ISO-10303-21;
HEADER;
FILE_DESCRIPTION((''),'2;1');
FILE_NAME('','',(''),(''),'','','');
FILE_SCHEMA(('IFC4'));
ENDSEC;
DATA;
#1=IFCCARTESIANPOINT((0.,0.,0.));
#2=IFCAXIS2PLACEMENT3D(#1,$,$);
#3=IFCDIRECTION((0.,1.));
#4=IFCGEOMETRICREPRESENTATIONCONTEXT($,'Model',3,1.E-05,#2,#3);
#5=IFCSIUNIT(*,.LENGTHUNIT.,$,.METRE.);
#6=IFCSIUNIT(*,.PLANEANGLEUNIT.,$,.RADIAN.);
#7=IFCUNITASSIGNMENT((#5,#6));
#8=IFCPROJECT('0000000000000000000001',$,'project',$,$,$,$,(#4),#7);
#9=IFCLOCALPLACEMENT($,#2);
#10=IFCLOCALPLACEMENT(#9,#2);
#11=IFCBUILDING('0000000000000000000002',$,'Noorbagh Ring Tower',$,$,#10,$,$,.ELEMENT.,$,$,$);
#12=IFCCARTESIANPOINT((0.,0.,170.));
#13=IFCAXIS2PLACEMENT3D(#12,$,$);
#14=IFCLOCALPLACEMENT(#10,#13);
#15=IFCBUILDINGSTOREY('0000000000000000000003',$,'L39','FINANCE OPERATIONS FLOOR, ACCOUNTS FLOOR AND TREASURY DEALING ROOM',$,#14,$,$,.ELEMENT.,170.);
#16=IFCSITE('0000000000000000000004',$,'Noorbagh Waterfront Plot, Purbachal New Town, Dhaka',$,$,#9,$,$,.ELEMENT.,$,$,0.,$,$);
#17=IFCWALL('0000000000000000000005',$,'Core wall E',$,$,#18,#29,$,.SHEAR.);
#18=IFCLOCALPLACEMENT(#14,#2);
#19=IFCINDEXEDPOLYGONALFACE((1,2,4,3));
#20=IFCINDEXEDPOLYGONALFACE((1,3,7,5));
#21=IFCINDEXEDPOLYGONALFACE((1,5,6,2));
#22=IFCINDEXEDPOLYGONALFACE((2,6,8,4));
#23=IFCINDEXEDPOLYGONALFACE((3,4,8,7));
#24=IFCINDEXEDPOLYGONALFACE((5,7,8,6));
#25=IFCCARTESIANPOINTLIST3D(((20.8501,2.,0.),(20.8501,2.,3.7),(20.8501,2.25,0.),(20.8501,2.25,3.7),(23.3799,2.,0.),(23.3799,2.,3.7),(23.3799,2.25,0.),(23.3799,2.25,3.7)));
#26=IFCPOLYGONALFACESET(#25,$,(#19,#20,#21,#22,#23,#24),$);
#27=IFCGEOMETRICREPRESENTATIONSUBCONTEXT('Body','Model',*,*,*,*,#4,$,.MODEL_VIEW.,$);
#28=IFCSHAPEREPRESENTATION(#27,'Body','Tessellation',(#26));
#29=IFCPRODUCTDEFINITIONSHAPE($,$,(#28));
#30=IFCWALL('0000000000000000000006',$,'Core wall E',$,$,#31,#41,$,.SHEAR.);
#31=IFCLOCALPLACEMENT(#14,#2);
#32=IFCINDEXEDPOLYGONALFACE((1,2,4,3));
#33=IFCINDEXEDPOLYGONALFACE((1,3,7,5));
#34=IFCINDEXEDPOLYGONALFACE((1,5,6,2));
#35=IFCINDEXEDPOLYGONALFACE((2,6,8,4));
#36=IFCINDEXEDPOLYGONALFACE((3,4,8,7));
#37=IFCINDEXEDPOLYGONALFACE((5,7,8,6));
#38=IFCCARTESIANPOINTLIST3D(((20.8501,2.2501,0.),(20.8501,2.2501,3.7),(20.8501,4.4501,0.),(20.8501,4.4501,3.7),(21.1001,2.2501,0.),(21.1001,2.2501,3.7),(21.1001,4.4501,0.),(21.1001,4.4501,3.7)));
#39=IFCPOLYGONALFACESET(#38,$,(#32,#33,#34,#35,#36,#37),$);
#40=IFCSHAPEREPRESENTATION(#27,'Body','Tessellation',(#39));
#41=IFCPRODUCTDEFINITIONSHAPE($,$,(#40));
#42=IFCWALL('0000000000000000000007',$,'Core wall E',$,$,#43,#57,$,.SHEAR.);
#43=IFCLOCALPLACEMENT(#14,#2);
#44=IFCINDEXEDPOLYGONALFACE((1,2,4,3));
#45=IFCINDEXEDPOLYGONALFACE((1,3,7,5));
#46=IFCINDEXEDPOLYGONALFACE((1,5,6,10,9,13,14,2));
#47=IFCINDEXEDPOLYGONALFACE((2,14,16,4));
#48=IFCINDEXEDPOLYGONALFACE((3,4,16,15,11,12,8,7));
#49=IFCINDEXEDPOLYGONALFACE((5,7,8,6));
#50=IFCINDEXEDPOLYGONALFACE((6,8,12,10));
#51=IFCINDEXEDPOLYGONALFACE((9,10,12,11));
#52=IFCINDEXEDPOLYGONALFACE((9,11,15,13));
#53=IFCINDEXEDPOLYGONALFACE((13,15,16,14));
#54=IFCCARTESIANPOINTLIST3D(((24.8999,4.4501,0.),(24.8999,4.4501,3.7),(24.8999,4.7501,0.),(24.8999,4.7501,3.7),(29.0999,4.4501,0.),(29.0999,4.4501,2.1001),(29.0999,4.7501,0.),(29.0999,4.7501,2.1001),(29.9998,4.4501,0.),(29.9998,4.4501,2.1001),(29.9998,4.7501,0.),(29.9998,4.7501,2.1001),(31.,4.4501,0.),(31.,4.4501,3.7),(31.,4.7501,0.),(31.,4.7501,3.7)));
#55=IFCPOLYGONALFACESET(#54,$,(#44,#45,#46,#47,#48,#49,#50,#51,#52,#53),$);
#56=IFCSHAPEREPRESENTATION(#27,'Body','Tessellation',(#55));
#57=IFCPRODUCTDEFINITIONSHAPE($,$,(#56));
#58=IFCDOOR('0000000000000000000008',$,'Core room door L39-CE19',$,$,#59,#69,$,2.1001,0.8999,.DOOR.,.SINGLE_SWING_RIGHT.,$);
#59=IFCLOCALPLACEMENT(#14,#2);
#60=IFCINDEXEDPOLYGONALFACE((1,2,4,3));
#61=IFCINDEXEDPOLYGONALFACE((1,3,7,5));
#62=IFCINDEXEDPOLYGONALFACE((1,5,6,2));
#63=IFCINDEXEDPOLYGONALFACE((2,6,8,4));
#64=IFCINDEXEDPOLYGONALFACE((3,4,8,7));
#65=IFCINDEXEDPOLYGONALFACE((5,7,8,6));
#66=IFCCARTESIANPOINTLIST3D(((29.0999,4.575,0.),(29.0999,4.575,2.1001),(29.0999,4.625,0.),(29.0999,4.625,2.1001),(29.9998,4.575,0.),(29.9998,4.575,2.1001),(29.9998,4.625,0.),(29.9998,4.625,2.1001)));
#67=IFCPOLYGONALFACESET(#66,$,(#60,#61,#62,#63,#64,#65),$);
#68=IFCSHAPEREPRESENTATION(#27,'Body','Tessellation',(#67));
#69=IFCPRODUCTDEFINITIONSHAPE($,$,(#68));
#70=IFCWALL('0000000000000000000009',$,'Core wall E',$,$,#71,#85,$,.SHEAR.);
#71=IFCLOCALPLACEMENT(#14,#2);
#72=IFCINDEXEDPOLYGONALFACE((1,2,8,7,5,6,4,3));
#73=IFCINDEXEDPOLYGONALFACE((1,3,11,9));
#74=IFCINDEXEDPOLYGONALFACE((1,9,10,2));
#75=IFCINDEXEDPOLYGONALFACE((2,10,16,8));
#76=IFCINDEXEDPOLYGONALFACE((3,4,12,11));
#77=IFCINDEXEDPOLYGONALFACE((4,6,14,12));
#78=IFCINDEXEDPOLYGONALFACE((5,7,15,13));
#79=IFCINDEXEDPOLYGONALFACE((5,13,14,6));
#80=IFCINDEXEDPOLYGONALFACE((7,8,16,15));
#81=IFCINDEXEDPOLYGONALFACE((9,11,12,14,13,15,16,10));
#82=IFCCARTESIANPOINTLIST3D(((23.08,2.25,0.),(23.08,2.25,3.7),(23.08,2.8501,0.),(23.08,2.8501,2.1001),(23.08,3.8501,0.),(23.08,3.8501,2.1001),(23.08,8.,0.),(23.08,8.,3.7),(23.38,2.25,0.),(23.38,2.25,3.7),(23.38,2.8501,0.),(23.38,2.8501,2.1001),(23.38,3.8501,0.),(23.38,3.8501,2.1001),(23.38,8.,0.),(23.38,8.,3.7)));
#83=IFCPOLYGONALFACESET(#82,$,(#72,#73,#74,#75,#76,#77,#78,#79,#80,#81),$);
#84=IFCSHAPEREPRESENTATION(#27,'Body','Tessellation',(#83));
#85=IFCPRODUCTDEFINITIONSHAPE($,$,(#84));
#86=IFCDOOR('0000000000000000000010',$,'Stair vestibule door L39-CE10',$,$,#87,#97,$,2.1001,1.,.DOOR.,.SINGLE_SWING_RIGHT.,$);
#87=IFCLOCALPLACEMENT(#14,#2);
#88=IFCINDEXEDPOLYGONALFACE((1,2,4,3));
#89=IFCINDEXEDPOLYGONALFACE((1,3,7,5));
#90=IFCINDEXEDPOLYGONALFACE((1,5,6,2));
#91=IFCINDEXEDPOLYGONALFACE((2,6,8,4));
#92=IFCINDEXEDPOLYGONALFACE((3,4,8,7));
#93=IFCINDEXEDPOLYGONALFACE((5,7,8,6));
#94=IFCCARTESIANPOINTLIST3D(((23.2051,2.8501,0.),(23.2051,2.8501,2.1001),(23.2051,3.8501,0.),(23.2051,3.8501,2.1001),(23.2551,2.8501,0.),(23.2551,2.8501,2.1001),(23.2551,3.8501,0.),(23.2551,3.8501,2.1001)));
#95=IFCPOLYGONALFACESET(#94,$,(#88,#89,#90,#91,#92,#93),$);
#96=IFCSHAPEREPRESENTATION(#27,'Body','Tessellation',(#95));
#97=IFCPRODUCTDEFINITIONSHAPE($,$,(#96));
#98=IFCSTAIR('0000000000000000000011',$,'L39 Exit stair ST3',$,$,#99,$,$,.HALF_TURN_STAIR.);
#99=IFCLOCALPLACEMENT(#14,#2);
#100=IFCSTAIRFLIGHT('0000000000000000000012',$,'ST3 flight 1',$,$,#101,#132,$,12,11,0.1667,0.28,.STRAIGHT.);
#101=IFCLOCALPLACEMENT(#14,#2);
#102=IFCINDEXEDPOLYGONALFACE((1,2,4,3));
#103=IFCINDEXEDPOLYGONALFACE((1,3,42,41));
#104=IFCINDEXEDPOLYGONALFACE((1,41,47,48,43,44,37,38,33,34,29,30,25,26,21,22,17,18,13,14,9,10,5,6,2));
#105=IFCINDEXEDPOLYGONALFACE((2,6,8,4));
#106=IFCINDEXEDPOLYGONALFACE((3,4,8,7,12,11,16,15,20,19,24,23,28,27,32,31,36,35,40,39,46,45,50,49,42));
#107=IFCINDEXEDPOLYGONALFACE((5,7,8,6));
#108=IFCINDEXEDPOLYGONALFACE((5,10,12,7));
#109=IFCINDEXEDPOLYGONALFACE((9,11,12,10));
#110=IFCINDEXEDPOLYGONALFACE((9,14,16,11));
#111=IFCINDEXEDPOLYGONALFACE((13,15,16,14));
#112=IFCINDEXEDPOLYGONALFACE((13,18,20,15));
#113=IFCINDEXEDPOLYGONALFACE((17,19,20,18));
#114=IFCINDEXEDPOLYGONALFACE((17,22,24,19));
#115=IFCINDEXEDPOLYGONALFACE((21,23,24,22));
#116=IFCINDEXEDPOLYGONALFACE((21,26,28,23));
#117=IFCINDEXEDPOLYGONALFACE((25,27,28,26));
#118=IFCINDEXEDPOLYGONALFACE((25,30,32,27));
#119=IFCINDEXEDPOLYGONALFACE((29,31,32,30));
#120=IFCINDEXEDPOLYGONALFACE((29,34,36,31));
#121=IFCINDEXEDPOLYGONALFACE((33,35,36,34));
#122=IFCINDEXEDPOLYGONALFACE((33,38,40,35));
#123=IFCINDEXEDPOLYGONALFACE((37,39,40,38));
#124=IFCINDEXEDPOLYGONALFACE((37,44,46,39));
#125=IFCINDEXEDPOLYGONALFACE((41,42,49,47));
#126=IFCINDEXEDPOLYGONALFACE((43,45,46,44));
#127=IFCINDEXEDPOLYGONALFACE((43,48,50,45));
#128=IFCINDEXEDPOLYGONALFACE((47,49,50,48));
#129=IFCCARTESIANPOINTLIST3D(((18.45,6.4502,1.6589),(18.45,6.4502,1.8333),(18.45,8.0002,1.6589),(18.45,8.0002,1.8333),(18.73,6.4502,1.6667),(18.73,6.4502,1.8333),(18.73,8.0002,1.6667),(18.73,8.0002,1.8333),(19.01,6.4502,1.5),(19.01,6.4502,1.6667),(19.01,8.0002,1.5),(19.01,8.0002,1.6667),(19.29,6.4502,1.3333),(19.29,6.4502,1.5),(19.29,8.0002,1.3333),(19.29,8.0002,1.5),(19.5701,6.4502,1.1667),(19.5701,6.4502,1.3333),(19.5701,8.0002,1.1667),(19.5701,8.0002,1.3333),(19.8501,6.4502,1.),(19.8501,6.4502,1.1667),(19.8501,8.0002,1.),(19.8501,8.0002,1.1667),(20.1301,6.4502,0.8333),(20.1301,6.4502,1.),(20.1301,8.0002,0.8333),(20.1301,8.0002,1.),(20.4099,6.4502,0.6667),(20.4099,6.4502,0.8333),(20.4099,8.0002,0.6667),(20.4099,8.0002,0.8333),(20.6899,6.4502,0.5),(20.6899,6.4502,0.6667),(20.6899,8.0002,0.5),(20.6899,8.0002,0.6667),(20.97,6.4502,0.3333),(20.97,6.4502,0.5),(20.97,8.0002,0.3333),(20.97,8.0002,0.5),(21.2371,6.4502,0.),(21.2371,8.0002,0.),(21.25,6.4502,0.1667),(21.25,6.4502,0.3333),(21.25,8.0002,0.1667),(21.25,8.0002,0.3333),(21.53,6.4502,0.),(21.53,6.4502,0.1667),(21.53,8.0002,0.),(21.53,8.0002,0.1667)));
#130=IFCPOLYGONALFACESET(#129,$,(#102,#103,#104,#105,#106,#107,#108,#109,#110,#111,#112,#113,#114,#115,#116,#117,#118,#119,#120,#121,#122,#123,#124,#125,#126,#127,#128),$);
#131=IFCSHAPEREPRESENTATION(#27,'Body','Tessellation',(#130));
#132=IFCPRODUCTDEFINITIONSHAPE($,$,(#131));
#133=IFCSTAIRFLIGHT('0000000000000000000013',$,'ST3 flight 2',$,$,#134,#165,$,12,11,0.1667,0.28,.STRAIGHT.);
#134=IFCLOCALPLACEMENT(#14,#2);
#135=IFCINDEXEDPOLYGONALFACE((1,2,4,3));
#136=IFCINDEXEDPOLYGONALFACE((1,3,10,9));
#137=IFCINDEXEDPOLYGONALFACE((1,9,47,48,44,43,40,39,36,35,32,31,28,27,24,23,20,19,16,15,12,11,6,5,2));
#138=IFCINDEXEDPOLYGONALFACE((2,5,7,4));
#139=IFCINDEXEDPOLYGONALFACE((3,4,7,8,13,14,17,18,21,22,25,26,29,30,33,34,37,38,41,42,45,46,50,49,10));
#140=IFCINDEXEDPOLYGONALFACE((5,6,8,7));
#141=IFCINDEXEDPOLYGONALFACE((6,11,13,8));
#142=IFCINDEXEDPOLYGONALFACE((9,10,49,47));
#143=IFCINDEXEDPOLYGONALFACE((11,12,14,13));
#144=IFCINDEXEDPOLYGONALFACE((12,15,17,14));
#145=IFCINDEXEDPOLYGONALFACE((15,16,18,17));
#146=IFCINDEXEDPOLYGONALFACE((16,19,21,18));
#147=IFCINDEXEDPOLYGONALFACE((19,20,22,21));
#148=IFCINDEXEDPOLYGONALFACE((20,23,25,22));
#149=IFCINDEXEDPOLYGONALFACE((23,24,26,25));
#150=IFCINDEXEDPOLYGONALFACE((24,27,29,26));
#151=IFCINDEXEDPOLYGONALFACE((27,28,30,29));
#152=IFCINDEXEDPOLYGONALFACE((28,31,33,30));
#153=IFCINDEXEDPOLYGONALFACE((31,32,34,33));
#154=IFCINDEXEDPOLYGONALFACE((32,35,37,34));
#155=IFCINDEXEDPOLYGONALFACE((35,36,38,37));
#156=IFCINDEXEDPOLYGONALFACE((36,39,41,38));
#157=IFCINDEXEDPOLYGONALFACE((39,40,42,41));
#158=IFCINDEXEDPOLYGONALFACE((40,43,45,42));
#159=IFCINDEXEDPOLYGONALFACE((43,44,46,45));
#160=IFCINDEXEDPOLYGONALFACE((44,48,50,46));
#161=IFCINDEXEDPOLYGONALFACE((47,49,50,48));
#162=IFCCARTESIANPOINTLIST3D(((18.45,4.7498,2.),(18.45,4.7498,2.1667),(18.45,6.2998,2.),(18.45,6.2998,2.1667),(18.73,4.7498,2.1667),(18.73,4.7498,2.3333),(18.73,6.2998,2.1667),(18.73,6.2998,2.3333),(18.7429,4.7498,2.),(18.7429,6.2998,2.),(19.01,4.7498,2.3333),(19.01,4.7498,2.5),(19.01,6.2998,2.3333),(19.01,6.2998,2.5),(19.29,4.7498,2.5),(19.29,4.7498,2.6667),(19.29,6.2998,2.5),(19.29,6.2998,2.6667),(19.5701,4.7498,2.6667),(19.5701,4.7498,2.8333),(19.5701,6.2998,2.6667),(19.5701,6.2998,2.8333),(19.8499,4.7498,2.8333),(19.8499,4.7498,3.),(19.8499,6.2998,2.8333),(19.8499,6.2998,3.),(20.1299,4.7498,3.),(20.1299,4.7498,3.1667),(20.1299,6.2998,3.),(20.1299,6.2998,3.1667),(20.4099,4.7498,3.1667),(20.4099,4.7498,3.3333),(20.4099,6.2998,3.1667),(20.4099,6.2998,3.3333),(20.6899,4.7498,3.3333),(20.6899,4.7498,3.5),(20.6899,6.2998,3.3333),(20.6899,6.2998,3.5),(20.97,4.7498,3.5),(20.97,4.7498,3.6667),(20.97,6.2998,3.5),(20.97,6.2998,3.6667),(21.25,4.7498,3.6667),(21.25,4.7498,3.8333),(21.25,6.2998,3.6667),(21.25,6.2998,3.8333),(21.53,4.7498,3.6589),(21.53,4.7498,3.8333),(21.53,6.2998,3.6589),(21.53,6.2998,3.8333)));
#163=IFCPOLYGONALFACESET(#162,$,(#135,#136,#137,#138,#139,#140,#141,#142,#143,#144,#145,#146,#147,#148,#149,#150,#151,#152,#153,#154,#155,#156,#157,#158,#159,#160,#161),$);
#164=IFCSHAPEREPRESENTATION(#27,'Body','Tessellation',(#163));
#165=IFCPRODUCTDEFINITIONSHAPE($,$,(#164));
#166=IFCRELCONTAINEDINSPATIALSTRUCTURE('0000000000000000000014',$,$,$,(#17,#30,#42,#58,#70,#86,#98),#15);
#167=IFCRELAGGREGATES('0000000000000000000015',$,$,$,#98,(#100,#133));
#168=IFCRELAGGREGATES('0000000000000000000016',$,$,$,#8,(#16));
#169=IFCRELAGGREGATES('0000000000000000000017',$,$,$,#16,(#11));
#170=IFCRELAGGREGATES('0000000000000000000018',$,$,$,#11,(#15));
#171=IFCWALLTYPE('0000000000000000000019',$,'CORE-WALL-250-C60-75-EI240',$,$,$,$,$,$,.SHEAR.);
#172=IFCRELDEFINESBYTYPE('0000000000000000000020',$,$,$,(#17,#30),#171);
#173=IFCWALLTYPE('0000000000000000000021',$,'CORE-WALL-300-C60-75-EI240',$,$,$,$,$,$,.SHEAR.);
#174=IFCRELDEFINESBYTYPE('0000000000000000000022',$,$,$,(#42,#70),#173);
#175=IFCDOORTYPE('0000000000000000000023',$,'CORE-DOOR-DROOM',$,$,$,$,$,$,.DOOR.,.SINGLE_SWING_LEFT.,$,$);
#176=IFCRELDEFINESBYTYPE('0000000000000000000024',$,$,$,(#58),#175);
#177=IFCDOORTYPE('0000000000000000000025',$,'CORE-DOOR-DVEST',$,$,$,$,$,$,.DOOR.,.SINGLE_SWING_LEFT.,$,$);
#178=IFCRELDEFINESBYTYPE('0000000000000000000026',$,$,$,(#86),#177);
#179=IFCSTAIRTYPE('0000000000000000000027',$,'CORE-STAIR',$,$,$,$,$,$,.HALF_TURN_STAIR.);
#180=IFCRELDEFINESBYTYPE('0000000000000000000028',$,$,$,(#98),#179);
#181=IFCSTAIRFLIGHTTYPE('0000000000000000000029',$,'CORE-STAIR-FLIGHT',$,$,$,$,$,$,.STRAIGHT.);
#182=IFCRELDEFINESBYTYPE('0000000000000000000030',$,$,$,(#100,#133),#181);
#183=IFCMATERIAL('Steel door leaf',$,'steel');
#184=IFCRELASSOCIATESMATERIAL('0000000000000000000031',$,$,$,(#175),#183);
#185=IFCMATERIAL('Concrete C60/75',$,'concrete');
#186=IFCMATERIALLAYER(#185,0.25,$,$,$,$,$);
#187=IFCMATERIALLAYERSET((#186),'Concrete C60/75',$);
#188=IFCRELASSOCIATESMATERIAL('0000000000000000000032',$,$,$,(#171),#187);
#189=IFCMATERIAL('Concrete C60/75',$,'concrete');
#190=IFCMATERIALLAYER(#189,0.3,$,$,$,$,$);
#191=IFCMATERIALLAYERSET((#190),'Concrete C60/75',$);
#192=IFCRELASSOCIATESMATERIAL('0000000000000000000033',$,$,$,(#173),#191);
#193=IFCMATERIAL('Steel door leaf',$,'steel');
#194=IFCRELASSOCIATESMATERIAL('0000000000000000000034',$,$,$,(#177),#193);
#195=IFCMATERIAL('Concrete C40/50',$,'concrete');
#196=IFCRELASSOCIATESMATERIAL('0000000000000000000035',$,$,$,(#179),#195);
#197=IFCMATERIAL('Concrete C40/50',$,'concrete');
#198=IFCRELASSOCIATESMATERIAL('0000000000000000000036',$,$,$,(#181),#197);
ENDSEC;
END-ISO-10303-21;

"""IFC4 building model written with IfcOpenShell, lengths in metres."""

from ifc_helpers import new_model, si_unit, direction, frame, frame_2d, origin, place, context, subcontext, project, spatial, polyline, rectangle, outline, extrude, material, layer, layer_set, type_object, element, fill, aggregate, save


model = new_model("IFC4")

# Units and contexts
model_context = context("Model", 3, precision=1e-05, world=origin(), true_north=direction((0.0, 1.0)))
body_context = subcontext(model_context, "Body", "Model", "MODEL_VIEW")
ifc_project = project(units=[si_unit("LENGTHUNIT", "METRE"), si_unit("PLANEANGLEUNIT", "RADIAN")], contexts=[model_context])

# Site, building, storey
site_placement = place(None, origin())
site = spatial("IfcSite", under=ifc_project, at=site_placement, Name="Noorbagh Waterfront Plot, Purbachal New Town, Dhaka", CompositionType="ELEMENT", RefElevation=0.0)
building_placement = place(site_placement, origin())
building = spatial("IfcBuilding", under=site, at=building_placement, Name="Noorbagh Ring Tower", CompositionType="ELEMENT")
storey_placement = place(building_placement, frame((0.0, 0.0, 170.0)))
storey = spatial("IfcBuildingStorey", under=building, at=storey_placement, Name="L39", Description="FINANCE OPERATIONS FLOOR, ACCOUNTS FLOOR AND TREASURY DEALING ROOM", CompositionType="ELEMENT", Elevation=170.0)

# Shared definitions
ifc_material_1 = material(Name="Steel door leaf", Category="steel")
door_type_1 = type_object("IfcDoorType", Name="CORE-DOOR-DROOM", OperationType="SINGLE_SWING_LEFT", PredefinedType="DOOR", material=ifc_material_1)

# Walls
ifc_material_2 = material(Name="Concrete C60/75", Category="concrete")
ifc_layer_1 = layer(ifc_material_2, 0.25)
ifc_layer_set_1 = layer_set([ifc_layer_1], Name="Concrete C60/75")
wall_type_1 = type_object("IfcWallType", Name="CORE-WALL-250-C60-75-EI240", PredefinedType="SHEAR", material=ifc_layer_set_1)
wall_1_placement = place(storey_placement, frame((20.8501, 2.125, 0.0), z_axis=(0.0, 0.0, 1.0), x_axis=(1.0, 0.0, 0.0)))
element("IfcWall", 1, at=wall_1_placement, inside=storey, type_object=wall_type_1, Name="Core wall E", PredefinedType="SHEAR", context=body_context, shape_type="SweptSolid", body=[
    extrude(rectangle(XDim=2.5298, YDim=0.25, at=frame_2d((1.2649, 0.0))), origin(), (0.0, 0.0, 1.0), 3.7),
])
wall_2_placement = place(storey_placement, frame((20.9751, 2.25, 0.0), z_axis=(0.0, 0.0, 1.0), x_axis=(0.0, 1.0, 0.0)))
element("IfcWall", 2, at=wall_2_placement, inside=storey, type_object=wall_type_1, Name="Core wall E", PredefinedType="SHEAR", context=body_context, shape_type="SweptSolid", body=[
    extrude(rectangle(XDim=2.2, YDim=0.25, at=frame_2d((1.1001, 0.0))), origin(), (0.0, 0.0, 1.0), 3.7),
])

# Walls, openings, doors
ifc_material_3 = material(Name="Concrete C60/75", Category="concrete")
ifc_layer_2 = layer(ifc_material_3, 0.3)
ifc_layer_set_2 = layer_set([ifc_layer_2], Name="Concrete C60/75")
wall_type_2 = type_object("IfcWallType", Name="CORE-WALL-300-C60-75-EI240", PredefinedType="SHEAR", material=ifc_layer_set_2)
wall_3_placement = place(storey_placement, frame((24.8999, 4.6001, 0.0), z_axis=(0.0, 0.0, 1.0), x_axis=(1.0, 0.0, 0.0)))
wall_3 = element("IfcWall", 3, at=wall_3_placement, inside=storey, type_object=wall_type_2, Name="Core wall E", PredefinedType="SHEAR", context=body_context, shape_type="SweptSolid", body=[
    extrude(rectangle(XDim=6.1001, YDim=0.3, at=frame_2d((3.05, 0.0))), origin(), (0.0, 0.0, 1.0), 3.7),
])
opening_1_placement = place(wall_3_placement, frame((4.2, 0.0, 0.0)))
opening_1 = element("IfcOpeningElement", 4, at=opening_1_placement, cuts=wall_3, PredefinedType="OPENING", context=body_context, shape_type="SweptSolid", body=[
    extrude(rectangle(XDim=0.8999, YDim=2.1001, at=frame_2d((0.45, 1.05))), frame((0.0, 0.1602, 0.0), z_axis=(0.0, -1.0, 0.0), x_axis=(1.0, 0.0, 0.0)), (0.0, 0.0, 1.0), 0.3201),
])
door_1_placement = place(opening_1_placement, origin())
door_1 = element("IfcDoor", 5, at=door_1_placement, inside=storey, type_object=door_type_1, Name="Core room door L39-CE19", OperationType="SINGLE_SWING_RIGHT", OverallHeight=2.1001, OverallWidth=0.8999, PredefinedType="DOOR", context=body_context, shape_type="SweptSolid", body=[
    extrude(rectangle(XDim=0.8999, YDim=2.1001, at=frame_2d((0.45, 1.05))), frame((0.0, 0.0249, 0.0), z_axis=(0.0, -1.0, 0.0), x_axis=(1.0, 0.0, 0.0)), (0.0, 0.0, 1.0), 0.05),
])
fill(opening_1, door_1)
wall_4_placement = place(storey_placement, frame((23.23, 2.25, 0.0), z_axis=(0.0, 0.0, 1.0), x_axis=(0.0, 1.0, 0.0)))
wall_4 = element("IfcWall", 6, at=wall_4_placement, inside=storey, type_object=wall_type_2, Name="Core wall E", PredefinedType="SHEAR", context=body_context, shape_type="SweptSolid", body=[
    extrude(rectangle(XDim=5.75, YDim=0.3, at=frame_2d((2.875, 0.0))), origin(), (0.0, 0.0, 1.0), 3.7),
])
opening_2_placement = place(wall_4_placement, frame((0.6001, 0.0, 0.0)))
opening_2 = element("IfcOpeningElement", 7, at=opening_2_placement, cuts=wall_4, PredefinedType="OPENING", context=body_context, shape_type="SweptSolid", body=[
    extrude(rectangle(XDim=1.0, YDim=2.1001, at=frame_2d((0.5, 1.05))), frame((0.0, 0.1602, 0.0), z_axis=(0.0, -1.0, 0.0), x_axis=(1.0, 0.0, 0.0)), (0.0, 0.0, 1.0), 0.3201),
])
ifc_material_4 = material(Name="Steel door leaf", Category="steel")
door_type_2 = type_object("IfcDoorType", Name="CORE-DOOR-DVEST", OperationType="SINGLE_SWING_LEFT", PredefinedType="DOOR", material=ifc_material_4)
door_2_placement = place(opening_2_placement, origin())
door_2 = element("IfcDoor", 8, at=door_2_placement, inside=storey, type_object=door_type_2, Name="Stair vestibule door L39-CE10", OperationType="SINGLE_SWING_RIGHT", OverallHeight=2.1001, OverallWidth=1.0, PredefinedType="DOOR", context=body_context, shape_type="SweptSolid", body=[
    extrude(rectangle(XDim=1.0, YDim=2.1001, at=frame_2d((0.5, 1.05))), frame((0.0, 0.0249, 0.0), z_axis=(0.0, -1.0, 0.0), x_axis=(1.0, 0.0, 0.0)), (0.0, 0.0, 1.0), 0.05),
])
fill(opening_2, door_2)

# Stair, stair flights
ifc_material_5 = material(Name="Concrete C40/50", Category="concrete")
stair_type = type_object("IfcStairType", Name="CORE-STAIR", PredefinedType="HALF_TURN_STAIR", material=ifc_material_5)
stair_placement = place(storey_placement, origin())
stair = element("IfcStair", 9, at=stair_placement, inside=storey, type_object=stair_type, Name="L39 Exit stair ST3", PredefinedType="HALF_TURN_STAIR")
ifc_material_6 = material(Name="Concrete C40/50", Category="concrete")
stair_flight_type = type_object("IfcStairFlightType", Name="CORE-STAIR-FLIGHT", PredefinedType="STRAIGHT", material=ifc_material_6)
stair_flight_1_placement = place(storey_placement, frame((21.53, 7.2251, 0.0), z_axis=(0.0, 0.0, 1.0), x_axis=(-1.0, 0.0, 0.0)))
stair_flight_1 = element("IfcStairFlight", 10, at=stair_flight_1_placement, type_object=stair_flight_type, Name="ST3 flight 1", NumberOfRisers=12, NumberOfTreads=11, PredefinedType="STRAIGHT", RiserHeight=0.1667, TreadLength=0.28, context=body_context, shape_type="SweptSolid", body=[
    extrude(outline(polyline([(0.0, 0.0), (0.0, 0.1667), (0.28, 0.1667), (0.28, 0.3333), (0.5601, 0.3333), (0.5601, 0.5), (0.8401, 0.5), (0.8401, 0.6667), (1.1201, 0.6667), (1.1201, 0.8333), (1.3999, 0.8333), (1.3999, 1.0), (1.6799, 1.0), (1.6799, 1.1667), (1.96, 1.1667), (1.96, 1.3333), (2.24, 1.3333), (2.24, 1.5), (2.52, 1.5), (2.52, 1.6667), (2.8, 1.6667), (2.8, 1.8333), (3.0801, 1.8333), (3.0801, 2.0), (3.0801, 1.6589), (0.293, 0.0), (0.0, 0.0)])), frame((0.0, 0.7749, 0.0), z_axis=(0.0, -1.0, 0.0), x_axis=(1.0, 0.0, 0.0)), (0.0, 0.0, 1.0), 1.55),
])
stair_flight_2_placement = place(storey_placement, frame((18.45, 5.5249, 2.0), z_axis=(0.0, 0.0, 1.0), x_axis=(1.0, 0.0, 0.0)))
stair_flight_2 = element("IfcStairFlight", 11, at=stair_flight_2_placement, type_object=stair_flight_type, Name="ST3 flight 2", NumberOfRisers=12, NumberOfTreads=11, PredefinedType="STRAIGHT", RiserHeight=0.1667, TreadLength=0.28, context=body_context, shape_type="SweptSolid", body=[
    extrude(outline(polyline([(0.0, 0.0), (0.0, 0.1667), (0.28, 0.1667), (0.28, 0.3333), (0.5601, 0.3333), (0.5601, 0.5), (0.8401, 0.5), (0.8401, 0.6667), (1.1201, 0.6667), (1.1201, 0.8333), (1.3999, 0.8333), (1.3999, 1.0), (1.6799, 1.0), (1.6799, 1.1667), (1.96, 1.1667), (1.96, 1.3333), (2.24, 1.3333), (2.24, 1.5), (2.52, 1.5), (2.52, 1.6667), (2.8, 1.6667), (2.8, 1.8333), (3.0801, 1.8333), (3.0801, 2.0), (3.0801, 1.6589), (0.293, 0.0), (0.0, 0.0)])), frame((0.0, 0.7749, 0.0), z_axis=(0.0, -1.0, 0.0), x_axis=(1.0, 0.0, 0.0)), (0.0, 0.0, 1.0), 1.55),
])
aggregate(stair, [stair_flight_1, stair_flight_2])

save(model, "model.ifc")
